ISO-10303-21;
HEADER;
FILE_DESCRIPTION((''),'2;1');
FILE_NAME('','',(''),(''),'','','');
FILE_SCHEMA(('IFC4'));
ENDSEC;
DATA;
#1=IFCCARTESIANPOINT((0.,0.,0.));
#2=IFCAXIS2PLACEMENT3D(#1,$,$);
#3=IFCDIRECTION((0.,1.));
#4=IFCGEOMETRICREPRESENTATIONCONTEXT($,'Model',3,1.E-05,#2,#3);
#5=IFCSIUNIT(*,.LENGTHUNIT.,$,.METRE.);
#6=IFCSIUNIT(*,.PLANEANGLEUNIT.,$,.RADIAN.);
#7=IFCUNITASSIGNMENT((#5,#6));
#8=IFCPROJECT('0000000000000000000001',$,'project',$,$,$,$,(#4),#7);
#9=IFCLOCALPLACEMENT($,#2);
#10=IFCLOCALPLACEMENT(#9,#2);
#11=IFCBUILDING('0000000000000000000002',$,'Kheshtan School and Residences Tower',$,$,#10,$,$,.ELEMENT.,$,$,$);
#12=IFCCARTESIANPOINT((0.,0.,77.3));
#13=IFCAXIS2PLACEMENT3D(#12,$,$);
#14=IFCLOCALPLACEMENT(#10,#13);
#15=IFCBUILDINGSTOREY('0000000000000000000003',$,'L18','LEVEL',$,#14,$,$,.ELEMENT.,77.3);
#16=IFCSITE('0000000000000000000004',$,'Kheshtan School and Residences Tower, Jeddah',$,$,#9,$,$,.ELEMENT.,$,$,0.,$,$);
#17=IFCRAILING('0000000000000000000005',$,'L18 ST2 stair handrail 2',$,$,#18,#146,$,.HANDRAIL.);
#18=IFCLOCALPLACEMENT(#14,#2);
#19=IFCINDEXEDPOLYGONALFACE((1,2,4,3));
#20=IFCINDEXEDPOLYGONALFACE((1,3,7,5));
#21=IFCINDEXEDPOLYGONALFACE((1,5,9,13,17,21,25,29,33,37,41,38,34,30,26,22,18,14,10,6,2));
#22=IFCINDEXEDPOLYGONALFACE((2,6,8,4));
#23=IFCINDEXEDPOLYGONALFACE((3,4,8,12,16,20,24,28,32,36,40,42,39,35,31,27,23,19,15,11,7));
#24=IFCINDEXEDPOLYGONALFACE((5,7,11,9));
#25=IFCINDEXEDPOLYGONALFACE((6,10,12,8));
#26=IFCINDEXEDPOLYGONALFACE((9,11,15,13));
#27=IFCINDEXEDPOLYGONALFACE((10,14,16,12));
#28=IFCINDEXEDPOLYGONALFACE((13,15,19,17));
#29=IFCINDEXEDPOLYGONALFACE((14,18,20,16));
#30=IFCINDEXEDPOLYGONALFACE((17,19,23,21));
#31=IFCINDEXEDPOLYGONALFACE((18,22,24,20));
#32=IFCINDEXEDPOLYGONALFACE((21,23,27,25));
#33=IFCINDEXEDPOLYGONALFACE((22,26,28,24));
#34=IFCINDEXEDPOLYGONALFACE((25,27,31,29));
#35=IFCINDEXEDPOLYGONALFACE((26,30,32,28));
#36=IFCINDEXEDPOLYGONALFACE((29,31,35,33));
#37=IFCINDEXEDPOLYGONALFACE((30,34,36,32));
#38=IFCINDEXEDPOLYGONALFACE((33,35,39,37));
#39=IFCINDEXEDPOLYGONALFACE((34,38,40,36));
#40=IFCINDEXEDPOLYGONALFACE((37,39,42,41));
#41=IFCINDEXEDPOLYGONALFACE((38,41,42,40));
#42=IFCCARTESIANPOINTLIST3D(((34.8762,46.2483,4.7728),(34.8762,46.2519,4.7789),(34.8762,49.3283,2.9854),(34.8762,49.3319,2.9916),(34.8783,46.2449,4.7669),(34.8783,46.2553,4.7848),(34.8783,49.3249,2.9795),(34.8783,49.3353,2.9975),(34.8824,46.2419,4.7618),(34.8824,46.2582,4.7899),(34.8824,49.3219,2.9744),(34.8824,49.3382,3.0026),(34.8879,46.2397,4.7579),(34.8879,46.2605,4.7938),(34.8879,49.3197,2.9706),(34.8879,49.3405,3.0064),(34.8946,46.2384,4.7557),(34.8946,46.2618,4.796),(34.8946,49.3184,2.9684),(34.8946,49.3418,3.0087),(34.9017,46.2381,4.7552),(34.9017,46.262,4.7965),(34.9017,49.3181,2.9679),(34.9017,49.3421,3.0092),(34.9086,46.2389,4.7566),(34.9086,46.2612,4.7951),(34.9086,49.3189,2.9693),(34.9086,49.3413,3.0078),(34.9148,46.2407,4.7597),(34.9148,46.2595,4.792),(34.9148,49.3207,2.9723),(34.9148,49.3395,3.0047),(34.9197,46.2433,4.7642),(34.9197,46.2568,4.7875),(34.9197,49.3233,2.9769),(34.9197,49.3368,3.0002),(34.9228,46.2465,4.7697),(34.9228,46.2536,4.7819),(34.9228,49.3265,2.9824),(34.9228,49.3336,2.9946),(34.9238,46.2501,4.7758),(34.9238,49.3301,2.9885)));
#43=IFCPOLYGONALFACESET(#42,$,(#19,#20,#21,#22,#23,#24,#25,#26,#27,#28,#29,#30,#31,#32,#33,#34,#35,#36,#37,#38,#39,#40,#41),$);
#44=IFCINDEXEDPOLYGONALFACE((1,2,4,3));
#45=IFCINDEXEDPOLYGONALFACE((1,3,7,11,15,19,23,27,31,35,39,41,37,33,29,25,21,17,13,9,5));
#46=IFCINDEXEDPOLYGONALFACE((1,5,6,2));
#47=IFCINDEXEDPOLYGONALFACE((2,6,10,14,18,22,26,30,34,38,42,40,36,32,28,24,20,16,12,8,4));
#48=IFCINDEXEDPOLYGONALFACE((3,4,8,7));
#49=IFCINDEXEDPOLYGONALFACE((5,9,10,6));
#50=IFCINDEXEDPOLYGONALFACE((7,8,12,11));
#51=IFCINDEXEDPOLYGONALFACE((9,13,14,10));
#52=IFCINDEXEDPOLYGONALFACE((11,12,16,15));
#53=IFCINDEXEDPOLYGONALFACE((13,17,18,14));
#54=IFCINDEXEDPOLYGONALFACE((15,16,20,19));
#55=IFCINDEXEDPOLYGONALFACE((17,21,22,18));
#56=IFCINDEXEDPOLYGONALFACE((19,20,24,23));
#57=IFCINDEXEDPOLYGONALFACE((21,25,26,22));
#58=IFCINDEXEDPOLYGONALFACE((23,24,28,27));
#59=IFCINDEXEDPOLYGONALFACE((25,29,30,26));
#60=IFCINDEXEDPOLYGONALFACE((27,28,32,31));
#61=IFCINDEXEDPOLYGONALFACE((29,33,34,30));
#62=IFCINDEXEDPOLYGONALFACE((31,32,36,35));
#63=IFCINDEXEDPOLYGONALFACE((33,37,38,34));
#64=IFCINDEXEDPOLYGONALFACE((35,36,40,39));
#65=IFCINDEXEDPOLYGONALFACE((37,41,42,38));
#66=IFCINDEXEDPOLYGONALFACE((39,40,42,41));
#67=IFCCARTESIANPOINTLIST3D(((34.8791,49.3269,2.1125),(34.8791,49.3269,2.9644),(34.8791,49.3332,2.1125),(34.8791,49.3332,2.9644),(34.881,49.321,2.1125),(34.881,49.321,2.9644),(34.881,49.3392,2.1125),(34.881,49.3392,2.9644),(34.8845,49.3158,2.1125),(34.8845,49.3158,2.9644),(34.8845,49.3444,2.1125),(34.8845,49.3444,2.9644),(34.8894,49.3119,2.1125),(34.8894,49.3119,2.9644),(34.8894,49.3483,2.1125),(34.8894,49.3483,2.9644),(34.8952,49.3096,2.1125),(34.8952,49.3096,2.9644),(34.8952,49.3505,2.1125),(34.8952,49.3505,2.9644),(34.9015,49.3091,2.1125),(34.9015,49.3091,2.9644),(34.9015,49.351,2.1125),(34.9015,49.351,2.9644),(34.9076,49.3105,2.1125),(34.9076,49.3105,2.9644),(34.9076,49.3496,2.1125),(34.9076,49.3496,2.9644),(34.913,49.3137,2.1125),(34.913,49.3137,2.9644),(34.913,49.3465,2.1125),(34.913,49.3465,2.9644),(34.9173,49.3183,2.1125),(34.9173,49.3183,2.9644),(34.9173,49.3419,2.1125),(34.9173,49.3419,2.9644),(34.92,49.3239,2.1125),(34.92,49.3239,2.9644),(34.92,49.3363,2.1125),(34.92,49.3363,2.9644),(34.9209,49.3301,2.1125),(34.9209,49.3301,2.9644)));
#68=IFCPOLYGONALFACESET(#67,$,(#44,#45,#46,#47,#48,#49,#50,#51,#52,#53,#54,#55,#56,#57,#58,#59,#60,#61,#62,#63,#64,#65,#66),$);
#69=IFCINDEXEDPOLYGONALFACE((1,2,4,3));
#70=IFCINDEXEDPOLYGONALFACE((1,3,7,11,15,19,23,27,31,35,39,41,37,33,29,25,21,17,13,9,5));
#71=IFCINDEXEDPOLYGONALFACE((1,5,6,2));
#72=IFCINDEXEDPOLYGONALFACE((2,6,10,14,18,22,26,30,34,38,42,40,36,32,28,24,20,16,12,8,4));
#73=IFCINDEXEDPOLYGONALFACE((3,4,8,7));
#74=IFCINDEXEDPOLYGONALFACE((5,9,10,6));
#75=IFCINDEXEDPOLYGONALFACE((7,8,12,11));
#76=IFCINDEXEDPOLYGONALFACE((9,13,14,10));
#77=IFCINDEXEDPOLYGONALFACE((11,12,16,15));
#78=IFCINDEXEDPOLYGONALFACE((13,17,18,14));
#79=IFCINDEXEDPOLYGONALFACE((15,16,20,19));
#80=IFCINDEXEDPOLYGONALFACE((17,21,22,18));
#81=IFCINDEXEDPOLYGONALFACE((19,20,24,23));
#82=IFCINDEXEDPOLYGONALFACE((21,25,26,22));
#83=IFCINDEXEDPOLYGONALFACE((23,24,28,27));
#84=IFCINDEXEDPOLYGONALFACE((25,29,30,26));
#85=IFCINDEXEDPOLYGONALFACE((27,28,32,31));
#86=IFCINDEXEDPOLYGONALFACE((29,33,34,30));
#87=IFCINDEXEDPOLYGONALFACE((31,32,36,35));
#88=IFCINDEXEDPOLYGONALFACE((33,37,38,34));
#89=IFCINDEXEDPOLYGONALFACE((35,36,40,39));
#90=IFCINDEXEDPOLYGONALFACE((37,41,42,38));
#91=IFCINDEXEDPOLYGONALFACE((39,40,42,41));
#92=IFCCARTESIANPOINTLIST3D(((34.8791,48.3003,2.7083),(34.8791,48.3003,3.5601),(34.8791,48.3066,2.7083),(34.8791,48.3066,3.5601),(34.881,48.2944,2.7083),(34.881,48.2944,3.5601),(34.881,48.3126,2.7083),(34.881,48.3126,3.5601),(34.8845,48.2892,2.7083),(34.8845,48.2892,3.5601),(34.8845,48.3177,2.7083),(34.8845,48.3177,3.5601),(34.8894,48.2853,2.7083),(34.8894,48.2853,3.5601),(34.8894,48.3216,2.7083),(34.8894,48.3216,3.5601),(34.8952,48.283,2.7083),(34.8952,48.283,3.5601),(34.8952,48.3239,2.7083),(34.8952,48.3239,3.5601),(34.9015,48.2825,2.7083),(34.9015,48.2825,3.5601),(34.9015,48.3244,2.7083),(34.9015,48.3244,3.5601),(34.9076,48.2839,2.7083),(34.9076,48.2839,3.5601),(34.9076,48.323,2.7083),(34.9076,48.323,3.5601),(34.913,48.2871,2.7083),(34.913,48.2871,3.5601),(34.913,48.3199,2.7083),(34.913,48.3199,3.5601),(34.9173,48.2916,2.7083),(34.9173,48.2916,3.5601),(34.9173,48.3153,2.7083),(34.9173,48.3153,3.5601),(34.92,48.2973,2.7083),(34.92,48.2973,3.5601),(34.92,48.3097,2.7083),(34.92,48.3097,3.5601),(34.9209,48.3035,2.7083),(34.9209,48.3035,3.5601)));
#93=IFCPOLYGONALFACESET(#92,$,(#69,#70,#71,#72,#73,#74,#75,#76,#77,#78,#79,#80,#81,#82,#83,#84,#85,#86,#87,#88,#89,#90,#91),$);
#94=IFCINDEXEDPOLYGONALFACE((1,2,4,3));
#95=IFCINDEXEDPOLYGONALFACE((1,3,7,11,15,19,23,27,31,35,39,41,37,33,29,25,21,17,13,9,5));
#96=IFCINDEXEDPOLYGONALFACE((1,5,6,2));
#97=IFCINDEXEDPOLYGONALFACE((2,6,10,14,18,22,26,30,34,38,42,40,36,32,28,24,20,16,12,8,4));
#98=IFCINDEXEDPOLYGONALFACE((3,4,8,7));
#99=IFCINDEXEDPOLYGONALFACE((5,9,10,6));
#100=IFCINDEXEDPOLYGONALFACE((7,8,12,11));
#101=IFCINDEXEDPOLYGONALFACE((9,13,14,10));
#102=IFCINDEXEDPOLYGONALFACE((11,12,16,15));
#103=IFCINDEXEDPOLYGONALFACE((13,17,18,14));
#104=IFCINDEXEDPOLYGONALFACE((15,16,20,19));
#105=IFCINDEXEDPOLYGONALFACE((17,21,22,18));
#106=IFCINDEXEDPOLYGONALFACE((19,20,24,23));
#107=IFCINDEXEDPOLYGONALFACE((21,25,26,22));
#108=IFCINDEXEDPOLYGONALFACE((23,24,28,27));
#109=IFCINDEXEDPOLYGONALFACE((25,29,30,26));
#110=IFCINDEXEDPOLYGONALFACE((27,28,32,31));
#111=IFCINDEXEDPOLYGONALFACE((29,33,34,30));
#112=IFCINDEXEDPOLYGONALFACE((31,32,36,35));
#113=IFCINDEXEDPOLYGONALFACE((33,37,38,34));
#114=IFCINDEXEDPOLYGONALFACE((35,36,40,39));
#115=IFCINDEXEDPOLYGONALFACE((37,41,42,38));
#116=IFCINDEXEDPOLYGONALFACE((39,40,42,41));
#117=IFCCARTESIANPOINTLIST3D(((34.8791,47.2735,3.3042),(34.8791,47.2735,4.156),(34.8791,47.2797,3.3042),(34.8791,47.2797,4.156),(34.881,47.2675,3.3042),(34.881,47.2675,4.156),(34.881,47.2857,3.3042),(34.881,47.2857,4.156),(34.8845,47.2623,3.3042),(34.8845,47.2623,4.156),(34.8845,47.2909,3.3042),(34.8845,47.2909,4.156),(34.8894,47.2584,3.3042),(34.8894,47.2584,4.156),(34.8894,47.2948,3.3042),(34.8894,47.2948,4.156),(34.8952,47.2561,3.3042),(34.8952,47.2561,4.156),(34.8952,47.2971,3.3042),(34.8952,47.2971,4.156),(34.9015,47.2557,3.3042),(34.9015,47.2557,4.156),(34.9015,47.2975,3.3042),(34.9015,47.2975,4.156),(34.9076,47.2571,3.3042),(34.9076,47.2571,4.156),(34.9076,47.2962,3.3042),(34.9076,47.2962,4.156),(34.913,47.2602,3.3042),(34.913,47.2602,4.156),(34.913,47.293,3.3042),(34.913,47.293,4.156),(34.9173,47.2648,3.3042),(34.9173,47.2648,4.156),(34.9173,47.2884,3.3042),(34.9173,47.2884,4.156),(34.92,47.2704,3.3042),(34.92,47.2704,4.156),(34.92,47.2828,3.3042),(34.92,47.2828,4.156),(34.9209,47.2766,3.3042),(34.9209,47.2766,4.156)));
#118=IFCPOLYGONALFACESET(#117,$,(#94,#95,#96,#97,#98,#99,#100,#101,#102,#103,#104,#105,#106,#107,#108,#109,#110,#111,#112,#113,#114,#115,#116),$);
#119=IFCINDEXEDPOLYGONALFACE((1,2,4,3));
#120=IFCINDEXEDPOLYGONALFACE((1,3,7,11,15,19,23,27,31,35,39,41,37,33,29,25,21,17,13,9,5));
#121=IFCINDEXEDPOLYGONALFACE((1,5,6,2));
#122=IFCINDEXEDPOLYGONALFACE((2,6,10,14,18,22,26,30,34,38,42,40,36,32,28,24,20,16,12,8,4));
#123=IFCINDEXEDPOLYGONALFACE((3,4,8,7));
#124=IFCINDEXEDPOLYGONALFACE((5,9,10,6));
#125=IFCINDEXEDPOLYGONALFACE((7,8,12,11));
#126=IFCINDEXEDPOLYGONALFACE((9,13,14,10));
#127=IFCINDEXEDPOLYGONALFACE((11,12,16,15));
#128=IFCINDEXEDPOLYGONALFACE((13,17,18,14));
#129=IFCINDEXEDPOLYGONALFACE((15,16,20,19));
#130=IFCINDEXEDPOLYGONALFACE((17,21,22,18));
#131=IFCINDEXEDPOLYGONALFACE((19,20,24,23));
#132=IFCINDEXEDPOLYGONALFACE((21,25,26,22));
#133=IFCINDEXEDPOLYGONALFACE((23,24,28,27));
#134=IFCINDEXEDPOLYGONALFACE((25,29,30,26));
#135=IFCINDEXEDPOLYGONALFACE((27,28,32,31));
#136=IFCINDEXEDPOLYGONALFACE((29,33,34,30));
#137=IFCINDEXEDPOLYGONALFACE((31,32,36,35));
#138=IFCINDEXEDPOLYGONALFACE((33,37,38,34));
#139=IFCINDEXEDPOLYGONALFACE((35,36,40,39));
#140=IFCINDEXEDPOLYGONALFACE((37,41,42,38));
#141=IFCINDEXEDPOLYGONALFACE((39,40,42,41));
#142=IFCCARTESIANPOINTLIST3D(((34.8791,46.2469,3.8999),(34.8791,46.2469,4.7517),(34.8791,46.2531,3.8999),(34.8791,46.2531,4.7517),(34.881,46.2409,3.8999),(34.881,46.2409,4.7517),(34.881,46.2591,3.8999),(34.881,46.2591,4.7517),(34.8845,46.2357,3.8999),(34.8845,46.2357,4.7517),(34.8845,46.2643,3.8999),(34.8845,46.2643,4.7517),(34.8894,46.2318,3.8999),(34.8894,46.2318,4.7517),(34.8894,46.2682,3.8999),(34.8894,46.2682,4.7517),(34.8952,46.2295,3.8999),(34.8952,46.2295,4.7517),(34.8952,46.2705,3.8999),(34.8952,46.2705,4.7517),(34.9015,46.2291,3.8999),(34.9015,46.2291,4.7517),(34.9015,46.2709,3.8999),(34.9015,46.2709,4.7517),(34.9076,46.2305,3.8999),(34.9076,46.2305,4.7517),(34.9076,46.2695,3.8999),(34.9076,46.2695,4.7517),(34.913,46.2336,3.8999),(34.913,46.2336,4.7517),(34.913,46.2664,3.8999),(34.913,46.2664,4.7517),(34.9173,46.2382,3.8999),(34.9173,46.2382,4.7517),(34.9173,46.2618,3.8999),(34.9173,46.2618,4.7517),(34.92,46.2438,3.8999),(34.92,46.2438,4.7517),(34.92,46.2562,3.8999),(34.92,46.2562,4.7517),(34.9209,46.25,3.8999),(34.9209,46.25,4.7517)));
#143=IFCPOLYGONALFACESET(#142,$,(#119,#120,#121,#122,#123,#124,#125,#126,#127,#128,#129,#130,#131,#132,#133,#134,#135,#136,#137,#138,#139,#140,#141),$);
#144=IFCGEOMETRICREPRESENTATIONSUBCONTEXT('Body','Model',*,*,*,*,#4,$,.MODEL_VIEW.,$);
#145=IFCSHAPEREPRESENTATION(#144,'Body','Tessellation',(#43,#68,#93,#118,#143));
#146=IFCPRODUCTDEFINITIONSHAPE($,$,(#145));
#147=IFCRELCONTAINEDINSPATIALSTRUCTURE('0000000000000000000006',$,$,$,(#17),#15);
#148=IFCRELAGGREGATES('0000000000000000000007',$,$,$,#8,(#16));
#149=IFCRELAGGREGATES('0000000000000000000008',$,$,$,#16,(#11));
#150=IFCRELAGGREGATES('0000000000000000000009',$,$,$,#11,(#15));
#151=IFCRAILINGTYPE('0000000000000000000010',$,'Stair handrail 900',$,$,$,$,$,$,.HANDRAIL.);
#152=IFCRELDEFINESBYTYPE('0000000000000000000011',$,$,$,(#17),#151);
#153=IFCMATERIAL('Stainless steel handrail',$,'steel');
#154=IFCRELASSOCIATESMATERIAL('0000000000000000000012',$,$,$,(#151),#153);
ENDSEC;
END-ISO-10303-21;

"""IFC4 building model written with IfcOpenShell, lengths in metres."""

from ifc_helpers import new_model, si_unit, direction, frame, origin, origin_2d, place, context, subcontext, project, spatial, circle, extrude, material, type_object, element, save


model = new_model("IFC4")

# Units and contexts
model_context = context("Model", 3, precision=1e-05, world=origin(), true_north=direction((0.0, 1.0)))
body_context = subcontext(model_context, "Body", "Model", "MODEL_VIEW")
ifc_project = project(units=[si_unit("LENGTHUNIT", "METRE"), si_unit("PLANEANGLEUNIT", "RADIAN")], contexts=[model_context])

# Site, building, storey
site_placement = place(None, origin())
site = spatial("IfcSite", under=ifc_project, at=site_placement, Name="Kheshtan School and Residences Tower, Jeddah", CompositionType="ELEMENT", RefElevation=0.0)
building_placement = place(site_placement, origin())
building = spatial("IfcBuilding", under=site, at=building_placement, Name="Kheshtan School and Residences Tower", CompositionType="ELEMENT")
storey_placement = place(building_placement, frame((0.0, 0.0, 77.3)))
storey = spatial("IfcBuildingStorey", under=building, at=storey_placement, Name="L18", Description="LEVEL", CompositionType="ELEMENT", Elevation=77.3)

# Railing
ifc_material_1 = material(Name="Stainless steel handrail", Category="steel")
railing_type = type_object("IfcRailingType", Name="Stair handrail 900", PredefinedType="HANDRAIL", material=ifc_material_1)
railing_placement = place(storey_placement, frame((34.8999, 49.3301, 2.1125)))
element("IfcRailing", 1, at=railing_placement, inside=storey, type_object=railing_type, Name="L18 ST2 stair handrail 2", PredefinedType="HANDRAIL", context=body_context, shape_type="SweptSolid", body=[
    extrude(circle(Radius=0.0239, at=origin_2d()), frame((0.0, 0.0, 0.876), z_axis=(0.0, -0.86492, 0.501909), x_axis=(1.0, 0.0, 0.0)), (0.0, 0.0, 1.0), 3.561),
    extrude(circle(Radius=0.021, at=origin_2d()), origin(), (0.0, 0.0, 1.0), 0.8518),
    extrude(circle(Radius=0.021, at=origin_2d()), frame((0.0, -1.0266, 0.5957)), (0.0, 0.0, 1.0), 0.8518),
    extrude(circle(Radius=0.021, at=origin_2d()), frame((0.0, -2.0535, 1.1917)), (0.0, 0.0, 1.0), 0.8518),
    extrude(circle(Radius=0.021, at=origin_2d()), frame((0.0, -3.0801, 1.7874)), (0.0, 0.0, 1.0), 0.8518),
])

save(model, "model.ifc")
